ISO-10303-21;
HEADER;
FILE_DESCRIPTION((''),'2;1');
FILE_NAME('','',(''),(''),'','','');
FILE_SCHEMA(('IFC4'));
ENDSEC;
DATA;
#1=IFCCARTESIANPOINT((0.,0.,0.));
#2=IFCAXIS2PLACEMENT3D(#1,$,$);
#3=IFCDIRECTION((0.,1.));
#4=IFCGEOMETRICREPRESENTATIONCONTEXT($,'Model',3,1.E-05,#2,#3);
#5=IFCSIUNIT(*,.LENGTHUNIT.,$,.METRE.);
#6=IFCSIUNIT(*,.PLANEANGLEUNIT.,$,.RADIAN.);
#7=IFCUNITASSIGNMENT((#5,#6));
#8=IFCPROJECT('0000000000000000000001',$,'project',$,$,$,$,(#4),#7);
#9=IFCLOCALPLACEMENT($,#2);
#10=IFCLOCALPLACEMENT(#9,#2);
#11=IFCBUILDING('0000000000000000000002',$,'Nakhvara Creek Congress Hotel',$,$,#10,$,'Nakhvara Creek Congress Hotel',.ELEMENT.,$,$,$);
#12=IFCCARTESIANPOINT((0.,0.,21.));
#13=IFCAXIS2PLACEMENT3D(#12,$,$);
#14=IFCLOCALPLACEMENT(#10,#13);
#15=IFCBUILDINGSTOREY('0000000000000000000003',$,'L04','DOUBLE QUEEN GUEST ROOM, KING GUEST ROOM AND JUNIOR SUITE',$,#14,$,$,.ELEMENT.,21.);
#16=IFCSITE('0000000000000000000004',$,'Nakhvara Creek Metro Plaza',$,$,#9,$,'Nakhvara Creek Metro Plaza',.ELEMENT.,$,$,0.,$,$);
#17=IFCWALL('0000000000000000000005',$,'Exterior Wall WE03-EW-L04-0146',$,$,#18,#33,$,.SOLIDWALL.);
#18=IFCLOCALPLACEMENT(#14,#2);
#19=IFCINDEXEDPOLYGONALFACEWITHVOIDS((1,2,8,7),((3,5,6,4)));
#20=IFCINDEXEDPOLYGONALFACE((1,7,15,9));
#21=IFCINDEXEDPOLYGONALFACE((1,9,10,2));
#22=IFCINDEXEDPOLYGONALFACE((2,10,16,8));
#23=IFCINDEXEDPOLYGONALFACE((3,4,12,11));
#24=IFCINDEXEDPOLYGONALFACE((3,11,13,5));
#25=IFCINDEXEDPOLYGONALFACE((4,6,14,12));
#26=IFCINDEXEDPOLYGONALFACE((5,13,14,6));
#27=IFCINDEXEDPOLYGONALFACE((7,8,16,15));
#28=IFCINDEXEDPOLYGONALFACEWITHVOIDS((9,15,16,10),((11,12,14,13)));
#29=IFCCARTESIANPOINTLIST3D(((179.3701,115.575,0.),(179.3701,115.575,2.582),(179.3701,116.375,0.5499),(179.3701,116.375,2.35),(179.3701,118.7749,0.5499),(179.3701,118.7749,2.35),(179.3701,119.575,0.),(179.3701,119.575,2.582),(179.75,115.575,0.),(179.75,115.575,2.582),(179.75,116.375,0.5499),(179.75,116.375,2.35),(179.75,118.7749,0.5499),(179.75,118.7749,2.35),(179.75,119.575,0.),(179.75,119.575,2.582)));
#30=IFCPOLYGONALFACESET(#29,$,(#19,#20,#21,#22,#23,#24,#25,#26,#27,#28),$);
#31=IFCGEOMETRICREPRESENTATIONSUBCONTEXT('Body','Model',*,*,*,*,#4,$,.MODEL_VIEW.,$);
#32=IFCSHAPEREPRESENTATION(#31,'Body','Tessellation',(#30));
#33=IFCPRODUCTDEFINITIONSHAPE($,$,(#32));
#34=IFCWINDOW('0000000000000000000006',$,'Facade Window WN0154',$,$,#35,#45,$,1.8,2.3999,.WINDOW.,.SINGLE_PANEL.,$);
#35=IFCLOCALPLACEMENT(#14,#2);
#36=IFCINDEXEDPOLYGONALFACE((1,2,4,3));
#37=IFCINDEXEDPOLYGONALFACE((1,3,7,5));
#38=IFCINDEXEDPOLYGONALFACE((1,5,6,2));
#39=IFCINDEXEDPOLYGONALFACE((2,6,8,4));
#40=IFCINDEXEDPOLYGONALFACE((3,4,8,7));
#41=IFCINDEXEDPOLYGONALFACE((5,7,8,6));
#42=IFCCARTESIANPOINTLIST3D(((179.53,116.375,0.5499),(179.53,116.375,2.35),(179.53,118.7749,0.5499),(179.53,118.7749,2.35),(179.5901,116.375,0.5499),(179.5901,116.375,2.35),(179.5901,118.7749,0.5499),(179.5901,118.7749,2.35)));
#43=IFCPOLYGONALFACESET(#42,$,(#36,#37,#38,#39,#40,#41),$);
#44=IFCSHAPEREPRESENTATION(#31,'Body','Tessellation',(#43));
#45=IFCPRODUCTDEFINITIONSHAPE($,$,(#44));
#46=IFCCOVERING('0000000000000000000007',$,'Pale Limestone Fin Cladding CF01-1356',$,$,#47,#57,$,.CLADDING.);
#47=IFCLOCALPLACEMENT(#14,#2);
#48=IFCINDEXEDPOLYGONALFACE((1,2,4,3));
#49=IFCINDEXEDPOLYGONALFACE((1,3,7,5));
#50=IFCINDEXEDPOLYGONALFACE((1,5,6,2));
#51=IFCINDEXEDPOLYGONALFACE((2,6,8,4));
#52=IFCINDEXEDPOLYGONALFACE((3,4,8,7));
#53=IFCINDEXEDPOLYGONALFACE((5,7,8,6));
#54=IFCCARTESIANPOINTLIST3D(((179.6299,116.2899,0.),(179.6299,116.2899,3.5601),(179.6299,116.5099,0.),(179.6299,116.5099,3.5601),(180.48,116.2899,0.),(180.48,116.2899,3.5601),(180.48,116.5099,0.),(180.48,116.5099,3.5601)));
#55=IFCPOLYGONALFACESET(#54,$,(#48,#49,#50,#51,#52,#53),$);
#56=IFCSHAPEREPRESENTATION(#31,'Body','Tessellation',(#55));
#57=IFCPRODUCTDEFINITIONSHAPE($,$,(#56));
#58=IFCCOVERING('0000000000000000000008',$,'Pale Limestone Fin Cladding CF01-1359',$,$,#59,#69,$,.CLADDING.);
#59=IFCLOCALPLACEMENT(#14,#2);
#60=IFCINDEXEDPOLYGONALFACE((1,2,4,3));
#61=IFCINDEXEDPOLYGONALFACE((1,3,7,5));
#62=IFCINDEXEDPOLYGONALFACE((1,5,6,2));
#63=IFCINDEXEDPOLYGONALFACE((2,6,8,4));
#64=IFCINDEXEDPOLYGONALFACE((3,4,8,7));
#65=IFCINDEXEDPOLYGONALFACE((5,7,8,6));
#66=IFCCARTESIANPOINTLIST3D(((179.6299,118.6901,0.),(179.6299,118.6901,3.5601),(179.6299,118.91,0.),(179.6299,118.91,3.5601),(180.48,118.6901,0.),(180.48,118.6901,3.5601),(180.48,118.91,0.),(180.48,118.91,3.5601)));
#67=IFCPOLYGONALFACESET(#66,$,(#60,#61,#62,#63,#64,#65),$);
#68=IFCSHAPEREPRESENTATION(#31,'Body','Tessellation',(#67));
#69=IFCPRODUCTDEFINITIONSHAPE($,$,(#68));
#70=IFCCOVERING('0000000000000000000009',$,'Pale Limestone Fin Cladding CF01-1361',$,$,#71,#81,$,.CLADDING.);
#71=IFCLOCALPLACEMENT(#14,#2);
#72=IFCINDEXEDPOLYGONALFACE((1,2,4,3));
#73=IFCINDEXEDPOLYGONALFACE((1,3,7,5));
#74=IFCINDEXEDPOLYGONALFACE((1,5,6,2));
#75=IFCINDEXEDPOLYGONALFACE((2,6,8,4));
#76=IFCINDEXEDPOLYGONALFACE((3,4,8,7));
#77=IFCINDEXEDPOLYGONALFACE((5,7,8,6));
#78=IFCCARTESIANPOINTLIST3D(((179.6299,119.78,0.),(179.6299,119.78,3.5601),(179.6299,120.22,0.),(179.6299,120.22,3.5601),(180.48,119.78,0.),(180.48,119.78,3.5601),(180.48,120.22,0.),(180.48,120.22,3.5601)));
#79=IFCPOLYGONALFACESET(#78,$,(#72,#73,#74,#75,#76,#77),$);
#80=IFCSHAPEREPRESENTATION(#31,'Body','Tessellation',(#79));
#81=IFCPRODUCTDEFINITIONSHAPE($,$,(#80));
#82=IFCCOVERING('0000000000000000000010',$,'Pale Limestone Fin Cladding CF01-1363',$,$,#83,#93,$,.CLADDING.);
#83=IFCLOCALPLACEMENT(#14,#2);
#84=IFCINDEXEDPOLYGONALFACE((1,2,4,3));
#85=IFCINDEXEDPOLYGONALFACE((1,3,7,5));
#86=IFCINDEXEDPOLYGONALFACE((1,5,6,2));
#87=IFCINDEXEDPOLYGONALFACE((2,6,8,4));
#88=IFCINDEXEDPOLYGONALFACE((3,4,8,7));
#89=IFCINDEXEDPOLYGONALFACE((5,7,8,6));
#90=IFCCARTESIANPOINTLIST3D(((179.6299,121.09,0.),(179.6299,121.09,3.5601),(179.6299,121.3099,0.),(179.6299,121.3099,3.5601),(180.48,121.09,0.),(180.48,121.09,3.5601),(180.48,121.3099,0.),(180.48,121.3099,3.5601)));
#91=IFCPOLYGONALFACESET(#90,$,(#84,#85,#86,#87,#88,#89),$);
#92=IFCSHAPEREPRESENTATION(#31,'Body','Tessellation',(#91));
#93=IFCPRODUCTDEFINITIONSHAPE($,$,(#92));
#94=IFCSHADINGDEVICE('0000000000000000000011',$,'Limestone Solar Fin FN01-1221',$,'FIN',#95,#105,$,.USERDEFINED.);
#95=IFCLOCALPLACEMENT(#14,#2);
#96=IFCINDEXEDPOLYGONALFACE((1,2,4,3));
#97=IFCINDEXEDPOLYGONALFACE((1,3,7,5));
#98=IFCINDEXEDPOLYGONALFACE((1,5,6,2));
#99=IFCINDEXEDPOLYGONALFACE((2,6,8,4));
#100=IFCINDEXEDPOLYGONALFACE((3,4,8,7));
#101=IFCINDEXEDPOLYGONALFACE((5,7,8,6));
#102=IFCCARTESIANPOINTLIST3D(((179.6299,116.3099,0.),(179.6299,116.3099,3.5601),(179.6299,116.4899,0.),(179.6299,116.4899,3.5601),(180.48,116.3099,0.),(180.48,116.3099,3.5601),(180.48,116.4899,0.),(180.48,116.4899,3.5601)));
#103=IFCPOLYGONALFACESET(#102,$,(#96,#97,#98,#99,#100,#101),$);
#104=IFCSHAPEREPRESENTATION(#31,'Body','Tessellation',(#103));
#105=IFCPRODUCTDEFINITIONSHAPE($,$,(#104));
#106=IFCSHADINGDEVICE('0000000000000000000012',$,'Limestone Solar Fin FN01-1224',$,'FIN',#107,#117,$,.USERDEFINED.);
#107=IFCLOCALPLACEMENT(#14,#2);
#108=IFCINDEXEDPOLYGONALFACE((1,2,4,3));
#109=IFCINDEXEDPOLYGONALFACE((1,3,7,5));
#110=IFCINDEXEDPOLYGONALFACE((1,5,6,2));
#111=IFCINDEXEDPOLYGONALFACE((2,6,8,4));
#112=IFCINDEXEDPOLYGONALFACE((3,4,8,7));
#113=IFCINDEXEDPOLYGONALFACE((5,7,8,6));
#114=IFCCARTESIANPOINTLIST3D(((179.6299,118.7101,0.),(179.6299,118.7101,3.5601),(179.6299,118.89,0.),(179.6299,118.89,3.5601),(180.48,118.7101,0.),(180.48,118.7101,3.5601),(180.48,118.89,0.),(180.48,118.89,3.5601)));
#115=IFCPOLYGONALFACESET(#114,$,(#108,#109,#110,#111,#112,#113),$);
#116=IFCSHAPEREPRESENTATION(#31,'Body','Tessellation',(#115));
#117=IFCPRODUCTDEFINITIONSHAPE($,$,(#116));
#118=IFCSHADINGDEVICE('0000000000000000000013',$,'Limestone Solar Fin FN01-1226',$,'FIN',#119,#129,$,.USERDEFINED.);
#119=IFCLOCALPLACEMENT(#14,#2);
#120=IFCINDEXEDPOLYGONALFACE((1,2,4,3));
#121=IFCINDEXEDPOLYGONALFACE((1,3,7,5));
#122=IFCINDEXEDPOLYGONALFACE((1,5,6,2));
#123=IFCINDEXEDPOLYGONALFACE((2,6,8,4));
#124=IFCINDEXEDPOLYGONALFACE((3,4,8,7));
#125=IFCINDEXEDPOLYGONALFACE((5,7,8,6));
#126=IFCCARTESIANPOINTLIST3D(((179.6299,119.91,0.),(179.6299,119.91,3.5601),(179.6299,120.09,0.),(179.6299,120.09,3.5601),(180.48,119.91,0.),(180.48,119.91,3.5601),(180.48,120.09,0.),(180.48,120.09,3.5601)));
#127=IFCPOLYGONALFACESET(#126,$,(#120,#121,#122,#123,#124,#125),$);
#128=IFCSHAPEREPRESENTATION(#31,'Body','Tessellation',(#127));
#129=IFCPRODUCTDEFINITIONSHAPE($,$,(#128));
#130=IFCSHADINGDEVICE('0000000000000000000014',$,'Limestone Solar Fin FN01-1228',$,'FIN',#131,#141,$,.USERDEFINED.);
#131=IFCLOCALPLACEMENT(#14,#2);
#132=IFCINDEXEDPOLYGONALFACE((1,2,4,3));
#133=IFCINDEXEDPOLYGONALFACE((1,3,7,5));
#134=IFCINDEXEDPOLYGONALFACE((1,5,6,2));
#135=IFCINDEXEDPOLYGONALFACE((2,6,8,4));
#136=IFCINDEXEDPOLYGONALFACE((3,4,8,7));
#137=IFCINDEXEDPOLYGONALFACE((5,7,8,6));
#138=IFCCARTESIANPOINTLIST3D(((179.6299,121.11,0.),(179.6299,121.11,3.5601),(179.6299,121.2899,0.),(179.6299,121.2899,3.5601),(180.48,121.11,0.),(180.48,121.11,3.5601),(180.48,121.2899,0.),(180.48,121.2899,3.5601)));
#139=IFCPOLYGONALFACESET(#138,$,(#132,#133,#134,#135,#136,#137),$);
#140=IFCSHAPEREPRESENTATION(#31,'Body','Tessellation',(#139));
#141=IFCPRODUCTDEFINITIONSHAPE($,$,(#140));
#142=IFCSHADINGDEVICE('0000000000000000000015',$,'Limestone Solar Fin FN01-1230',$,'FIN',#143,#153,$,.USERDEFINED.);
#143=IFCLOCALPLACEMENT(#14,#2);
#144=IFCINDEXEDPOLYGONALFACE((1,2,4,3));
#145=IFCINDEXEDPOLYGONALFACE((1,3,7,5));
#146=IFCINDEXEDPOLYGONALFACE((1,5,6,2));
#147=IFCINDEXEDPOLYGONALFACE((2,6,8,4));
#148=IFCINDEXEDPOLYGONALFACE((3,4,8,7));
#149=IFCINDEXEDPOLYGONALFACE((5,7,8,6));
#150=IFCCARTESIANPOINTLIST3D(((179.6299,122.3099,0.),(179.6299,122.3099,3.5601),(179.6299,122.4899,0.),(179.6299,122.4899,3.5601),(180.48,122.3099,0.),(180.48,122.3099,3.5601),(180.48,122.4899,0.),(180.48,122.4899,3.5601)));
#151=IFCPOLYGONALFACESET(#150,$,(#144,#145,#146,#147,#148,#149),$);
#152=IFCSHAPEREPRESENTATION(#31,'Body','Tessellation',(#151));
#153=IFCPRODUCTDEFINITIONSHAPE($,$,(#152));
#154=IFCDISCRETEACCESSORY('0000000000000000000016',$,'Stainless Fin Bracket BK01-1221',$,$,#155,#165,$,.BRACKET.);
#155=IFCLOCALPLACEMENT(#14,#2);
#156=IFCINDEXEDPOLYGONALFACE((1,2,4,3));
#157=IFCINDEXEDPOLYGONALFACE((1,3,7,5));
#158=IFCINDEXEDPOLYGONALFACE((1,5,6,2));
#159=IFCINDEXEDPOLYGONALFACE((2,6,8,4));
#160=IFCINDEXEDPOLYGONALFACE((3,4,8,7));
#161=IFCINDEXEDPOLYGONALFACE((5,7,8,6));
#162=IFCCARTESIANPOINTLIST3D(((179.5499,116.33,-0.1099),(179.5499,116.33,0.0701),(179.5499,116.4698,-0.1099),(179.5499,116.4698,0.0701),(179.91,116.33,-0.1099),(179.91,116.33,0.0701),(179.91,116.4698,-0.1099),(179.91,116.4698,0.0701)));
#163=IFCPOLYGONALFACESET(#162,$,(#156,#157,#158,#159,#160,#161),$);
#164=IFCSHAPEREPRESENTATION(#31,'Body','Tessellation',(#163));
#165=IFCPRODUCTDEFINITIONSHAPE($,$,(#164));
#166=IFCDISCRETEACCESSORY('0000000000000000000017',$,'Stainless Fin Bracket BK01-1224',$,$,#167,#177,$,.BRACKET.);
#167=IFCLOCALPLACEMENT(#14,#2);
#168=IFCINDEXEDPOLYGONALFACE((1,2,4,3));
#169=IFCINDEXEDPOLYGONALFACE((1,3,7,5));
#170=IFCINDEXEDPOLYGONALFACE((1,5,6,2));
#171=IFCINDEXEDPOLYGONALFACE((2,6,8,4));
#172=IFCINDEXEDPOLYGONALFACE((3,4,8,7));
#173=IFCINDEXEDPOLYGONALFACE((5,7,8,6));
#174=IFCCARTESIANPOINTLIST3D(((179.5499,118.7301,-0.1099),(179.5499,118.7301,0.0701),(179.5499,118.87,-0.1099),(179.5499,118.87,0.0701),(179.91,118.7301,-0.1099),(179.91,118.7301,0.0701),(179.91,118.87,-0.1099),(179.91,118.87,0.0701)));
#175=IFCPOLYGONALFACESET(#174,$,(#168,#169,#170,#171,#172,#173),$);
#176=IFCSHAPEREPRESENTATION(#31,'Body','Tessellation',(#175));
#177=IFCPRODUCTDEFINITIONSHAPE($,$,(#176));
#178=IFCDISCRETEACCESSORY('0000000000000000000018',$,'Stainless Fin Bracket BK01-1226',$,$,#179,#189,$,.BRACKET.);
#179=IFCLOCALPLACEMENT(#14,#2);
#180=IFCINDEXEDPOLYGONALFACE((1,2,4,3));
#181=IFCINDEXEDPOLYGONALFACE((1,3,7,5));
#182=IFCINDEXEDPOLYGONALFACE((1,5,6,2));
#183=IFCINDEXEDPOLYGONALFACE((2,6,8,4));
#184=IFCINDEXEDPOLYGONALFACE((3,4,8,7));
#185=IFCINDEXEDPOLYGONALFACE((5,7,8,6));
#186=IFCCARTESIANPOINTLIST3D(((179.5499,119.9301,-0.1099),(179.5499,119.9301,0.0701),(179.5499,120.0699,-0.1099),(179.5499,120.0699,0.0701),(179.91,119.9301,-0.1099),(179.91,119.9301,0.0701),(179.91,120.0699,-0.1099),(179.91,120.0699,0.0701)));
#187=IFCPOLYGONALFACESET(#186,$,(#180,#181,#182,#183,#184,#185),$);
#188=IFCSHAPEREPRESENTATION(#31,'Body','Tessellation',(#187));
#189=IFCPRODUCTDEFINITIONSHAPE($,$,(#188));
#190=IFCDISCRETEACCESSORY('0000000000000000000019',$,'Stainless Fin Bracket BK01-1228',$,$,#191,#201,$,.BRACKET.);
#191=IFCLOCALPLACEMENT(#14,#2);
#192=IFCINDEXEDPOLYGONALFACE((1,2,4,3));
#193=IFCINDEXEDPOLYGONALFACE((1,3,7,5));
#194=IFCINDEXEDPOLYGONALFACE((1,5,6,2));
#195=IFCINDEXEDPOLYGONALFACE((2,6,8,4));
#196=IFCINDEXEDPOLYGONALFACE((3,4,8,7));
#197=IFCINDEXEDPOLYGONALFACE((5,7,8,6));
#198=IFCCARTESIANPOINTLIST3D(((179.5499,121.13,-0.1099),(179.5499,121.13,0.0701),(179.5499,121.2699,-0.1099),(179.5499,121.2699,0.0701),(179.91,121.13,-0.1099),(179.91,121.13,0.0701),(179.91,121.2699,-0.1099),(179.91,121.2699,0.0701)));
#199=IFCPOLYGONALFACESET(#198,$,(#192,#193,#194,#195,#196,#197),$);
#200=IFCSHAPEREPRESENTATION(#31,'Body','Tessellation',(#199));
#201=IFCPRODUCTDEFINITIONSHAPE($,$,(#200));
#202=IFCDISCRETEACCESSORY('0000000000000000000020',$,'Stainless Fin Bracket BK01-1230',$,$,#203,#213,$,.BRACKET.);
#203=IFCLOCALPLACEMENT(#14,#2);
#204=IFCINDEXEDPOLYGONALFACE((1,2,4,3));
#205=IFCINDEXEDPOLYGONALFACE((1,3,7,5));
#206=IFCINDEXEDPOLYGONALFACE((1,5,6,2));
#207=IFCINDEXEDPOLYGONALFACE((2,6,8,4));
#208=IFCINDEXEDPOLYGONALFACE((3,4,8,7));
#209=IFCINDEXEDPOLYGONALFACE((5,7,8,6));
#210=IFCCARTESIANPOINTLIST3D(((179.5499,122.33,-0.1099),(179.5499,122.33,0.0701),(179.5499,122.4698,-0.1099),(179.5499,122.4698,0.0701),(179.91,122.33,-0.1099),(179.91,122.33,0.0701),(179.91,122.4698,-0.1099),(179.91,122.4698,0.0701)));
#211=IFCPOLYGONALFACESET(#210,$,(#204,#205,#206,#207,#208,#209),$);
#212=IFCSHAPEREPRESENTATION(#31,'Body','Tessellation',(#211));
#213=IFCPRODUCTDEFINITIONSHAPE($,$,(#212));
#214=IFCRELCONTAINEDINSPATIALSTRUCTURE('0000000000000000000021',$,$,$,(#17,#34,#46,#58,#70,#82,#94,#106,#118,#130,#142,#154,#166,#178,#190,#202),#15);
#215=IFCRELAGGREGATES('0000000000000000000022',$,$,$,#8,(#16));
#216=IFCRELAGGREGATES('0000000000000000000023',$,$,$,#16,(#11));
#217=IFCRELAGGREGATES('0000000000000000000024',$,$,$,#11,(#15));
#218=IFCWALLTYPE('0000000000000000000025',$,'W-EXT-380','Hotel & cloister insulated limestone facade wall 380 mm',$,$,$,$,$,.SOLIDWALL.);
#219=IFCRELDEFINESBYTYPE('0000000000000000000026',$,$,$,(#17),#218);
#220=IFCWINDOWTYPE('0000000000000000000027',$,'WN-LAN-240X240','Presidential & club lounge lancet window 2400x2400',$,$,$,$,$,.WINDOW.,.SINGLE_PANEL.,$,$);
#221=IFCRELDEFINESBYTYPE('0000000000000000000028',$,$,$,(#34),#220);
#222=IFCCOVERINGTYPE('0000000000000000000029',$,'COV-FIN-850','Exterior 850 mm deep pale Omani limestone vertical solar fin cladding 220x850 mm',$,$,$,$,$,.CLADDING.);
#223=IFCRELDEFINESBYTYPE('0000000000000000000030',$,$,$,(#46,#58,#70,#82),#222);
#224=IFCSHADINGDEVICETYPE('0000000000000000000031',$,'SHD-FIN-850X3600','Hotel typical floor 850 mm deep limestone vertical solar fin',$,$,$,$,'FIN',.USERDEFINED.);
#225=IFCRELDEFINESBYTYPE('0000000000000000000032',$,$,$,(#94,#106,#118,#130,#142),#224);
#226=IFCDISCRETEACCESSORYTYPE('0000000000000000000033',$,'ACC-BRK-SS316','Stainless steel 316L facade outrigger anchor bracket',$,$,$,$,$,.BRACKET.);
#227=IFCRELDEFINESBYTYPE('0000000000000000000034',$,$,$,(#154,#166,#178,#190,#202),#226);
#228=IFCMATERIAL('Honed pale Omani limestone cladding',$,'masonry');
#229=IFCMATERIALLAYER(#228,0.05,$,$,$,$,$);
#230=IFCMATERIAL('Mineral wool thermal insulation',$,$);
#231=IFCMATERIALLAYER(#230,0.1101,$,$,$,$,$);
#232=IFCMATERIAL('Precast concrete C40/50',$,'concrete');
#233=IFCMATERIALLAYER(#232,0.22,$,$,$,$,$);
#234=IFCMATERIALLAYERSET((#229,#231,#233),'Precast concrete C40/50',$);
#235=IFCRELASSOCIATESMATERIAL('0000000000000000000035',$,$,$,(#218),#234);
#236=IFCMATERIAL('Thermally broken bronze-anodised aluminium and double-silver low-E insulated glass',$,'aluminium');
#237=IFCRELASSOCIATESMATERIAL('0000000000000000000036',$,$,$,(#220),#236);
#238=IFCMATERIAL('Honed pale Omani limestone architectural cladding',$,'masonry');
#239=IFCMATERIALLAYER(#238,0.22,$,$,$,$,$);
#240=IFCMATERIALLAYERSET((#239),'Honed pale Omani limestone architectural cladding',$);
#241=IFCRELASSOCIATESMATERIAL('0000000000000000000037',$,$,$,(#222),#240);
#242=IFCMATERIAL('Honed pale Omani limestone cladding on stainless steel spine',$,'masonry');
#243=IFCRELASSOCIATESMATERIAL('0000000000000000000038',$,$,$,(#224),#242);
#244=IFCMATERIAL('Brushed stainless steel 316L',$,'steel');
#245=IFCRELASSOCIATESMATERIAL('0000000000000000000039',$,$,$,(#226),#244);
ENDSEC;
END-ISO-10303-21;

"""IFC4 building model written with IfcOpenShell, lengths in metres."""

from ifc_helpers import new_model, si_unit, direction, frame, frame_2d, origin, origin_2d, place, context, subcontext, project, spatial, rectangle, extrude, material, layer, layer_set, type_object, element, fill, save


model = new_model("IFC4")

# Units and contexts
model_context = context("Model", 3, precision=1e-05, world=origin(), true_north=direction((0.0, 1.0)))
body_context = subcontext(model_context, "Body", "Model", "MODEL_VIEW")
ifc_project = project(units=[si_unit("LENGTHUNIT", "METRE"), si_unit("PLANEANGLEUNIT", "RADIAN")], contexts=[model_context])

# Site, building, storey
site_placement = place(None, origin())
site = spatial("IfcSite", under=ifc_project, at=site_placement, Name="Nakhvara Creek Metro Plaza", LongName="Nakhvara Creek Metro Plaza", CompositionType="ELEMENT", RefElevation=0.0)
building_placement = place(site_placement, origin())
building = spatial("IfcBuilding", under=site, at=building_placement, Name="Nakhvara Creek Congress Hotel", LongName="Nakhvara Creek Congress Hotel", CompositionType="ELEMENT")
storey_placement = place(building_placement, frame((0.0, 0.0, 21.0)))
storey = spatial("IfcBuildingStorey", under=building, at=storey_placement, Name="L04", Description="DOUBLE QUEEN GUEST ROOM, KING GUEST ROOM AND JUNIOR SUITE", CompositionType="ELEMENT", Elevation=21.0)

# Wall, opening, window
ifc_material_1 = material(Name="Honed pale Omani limestone cladding", Category="masonry")
ifc_layer_1 = layer(ifc_material_1, 0.05)
ifc_material_2 = material(Name="Mineral wool thermal insulation")
ifc_layer_2 = layer(ifc_material_2, 0.1101)
ifc_material_3 = material(Name="Precast concrete C40/50", Category="concrete")
ifc_layer_3 = layer(ifc_material_3, 0.22)
ifc_layer_set_1 = layer_set([ifc_layer_1, ifc_layer_2, ifc_layer_3], Name="Precast concrete C40/50")
wall_type = type_object("IfcWallType", Name="W-EXT-380", Description="Hotel & cloister insulated limestone facade wall 380 mm", PredefinedType="SOLIDWALL", material=ifc_layer_set_1)
wall_placement = place(storey_placement, frame((179.5601, 119.575, 0.0), z_axis=(0.0, 0.0, 1.0), x_axis=(0.0, -1.0, 0.0)))
wall = element("IfcWall", 1, at=wall_placement, inside=storey, type_object=wall_type, Name="Exterior Wall WE03-EW-L04-0146", PredefinedType="SOLIDWALL", context=body_context, shape_type="SweptSolid", body=[
    extrude(rectangle(XDim=4.0, YDim=0.3799, at=frame_2d((2.0, 0.0))), origin(), (0.0, 0.0, 1.0), 2.582),
])
opening_placement = place(wall_placement, frame((0.8, 0.0, 0.55)))
opening = element("IfcOpeningElement", 2, at=opening_placement, cuts=wall, PredefinedType="OPENING", context=body_context, shape_type="SweptSolid", body=[
    extrude(rectangle(XDim=2.3999, YDim=1.8, at=frame_2d((1.2, 0.8999))), frame((0.0, 0.2019, 0.0), z_axis=(0.0, -1.0, 0.0), x_axis=(1.0, 0.0, 0.0)), (0.0, 0.0, 1.0), 0.4038),
])
ifc_material_4 = material(Name="Thermally broken bronze-anodised aluminium and double-silver low-E insulated glass", Category="aluminium")
window_type = type_object("IfcWindowType", Name="WN-LAN-240X240", Description="Presidential & club lounge lancet window 2400x2400", PartitioningType="SINGLE_PANEL", PredefinedType="WINDOW", material=ifc_material_4)
window_placement = place(opening_placement, origin())
window = element("IfcWindow", 3, at=window_placement, inside=storey, type_object=window_type, Name="Facade Window WN0154", OverallHeight=1.8, OverallWidth=2.3999, PartitioningType="SINGLE_PANEL", PredefinedType="WINDOW", context=body_context, shape_type="SweptSolid", body=[
    extrude(rectangle(XDim=2.3999, YDim=1.8, at=frame_2d((1.2, 0.8999))), frame((0.0, 0.03, 0.0), z_axis=(0.0, -1.0, 0.0), x_axis=(1.0, 0.0, 0.0)), (0.0, 0.0, 1.0), 0.0601),
])
fill(opening, window)

# Coverings
ifc_material_5 = material(Name="Honed pale Omani limestone architectural cladding", Category="masonry")
ifc_layer_4 = layer(ifc_material_5, 0.22)
ifc_layer_set_2 = layer_set([ifc_layer_4], Name="Honed pale Omani limestone architectural cladding")
covering_type = type_object("IfcCoveringType", Name="COV-FIN-850", Description="Exterior 850 mm deep pale Omani limestone vertical solar fin cladding 220x850 mm", PredefinedType="CLADDING", material=ifc_layer_set_2)
for number, where, z_axis, x_axis, name in (
    (4, (180.0549, 116.3999, 0.0), (0.0, 0.0, 1.0), (0.0, 1.0, 0.0), "Pale Limestone Fin Cladding CF01-1356"),
    (5, (180.0549, 118.8, 0.0), (0.0, 0.0, 1.0), (0.0, 1.0, 0.0), "Pale Limestone Fin Cladding CF01-1359"),
):
    element("IfcCovering", number, at=place(storey_placement, frame(where, z_axis=z_axis, x_axis=x_axis)), inside=storey, type_object=covering_type, Name=name, PredefinedType="CLADDING", context=body_context, shape_type="SweptSolid", body=[
        extrude(rectangle(XDim=0.22, YDim=0.8501, at=origin_2d()), origin(), (0.0, 0.0, 1.0), 3.5601),
    ])
covering_1_placement = place(storey_placement, frame((180.0549, 120.0, 0.0), z_axis=(0.0, 0.0, 1.0), x_axis=(0.0, 1.0, 0.0)))
element("IfcCovering", 6, at=covering_1_placement, inside=storey, type_object=covering_type, Name="Pale Limestone Fin Cladding CF01-1361", PredefinedType="CLADDING", context=body_context, shape_type="SweptSolid", body=[
    extrude(rectangle(XDim=0.4399, YDim=0.8501, at=origin_2d()), origin(), (0.0, 0.0, 1.0), 3.5601),
])
covering_2_placement = place(storey_placement, frame((180.0549, 121.2, 0.0), z_axis=(0.0, 0.0, 1.0), x_axis=(0.0, 1.0, 0.0)))
element("IfcCovering", 7, at=covering_2_placement, inside=storey, type_object=covering_type, Name="Pale Limestone Fin Cladding CF01-1363", PredefinedType="CLADDING", context=body_context, shape_type="SweptSolid", body=[
    extrude(rectangle(XDim=0.22, YDim=0.8501, at=origin_2d()), origin(), (0.0, 0.0, 1.0), 3.5601),
])

# Shading devices
ifc_material_6 = material(Name="Honed pale Omani limestone cladding on stainless steel spine", Category="masonry")
shading_device_type = type_object("IfcShadingDeviceType", Name="SHD-FIN-850X3600", Description="Hotel typical floor 850 mm deep limestone vertical solar fin", ElementType="FIN", PredefinedType="USERDEFINED", material=ifc_material_6)
for number, where, z_axis, x_axis, name in (
    (8, (180.0549, 116.3999, 0.0), (0.0, 0.0, 1.0), (0.0, 1.0, 0.0), "Limestone Solar Fin FN01-1221"),
    (9, (180.0549, 118.8, 0.0), (0.0, 0.0, 1.0), (0.0, 1.0, 0.0), "Limestone Solar Fin FN01-1224"),
    (10, (180.0549, 120.0, 0.0), (0.0, 0.0, 1.0), (0.0, 1.0, 0.0), "Limestone Solar Fin FN01-1226"),
    (11, (180.0549, 121.2, 0.0), (0.0, 0.0, 1.0), (0.0, 1.0, 0.0), "Limestone Solar Fin FN01-1228"),
    (12, (180.0549, 122.3999, 0.0), (0.0, 0.0, 1.0), (0.0, 1.0, 0.0), "Limestone Solar Fin FN01-1230"),
):
    element("IfcShadingDevice", number, at=place(storey_placement, frame(where, z_axis=z_axis, x_axis=x_axis)), inside=storey, type_object=shading_device_type, Name=name, ObjectType="FIN", PredefinedType="USERDEFINED", context=body_context, shape_type="SweptSolid", body=[
        extrude(rectangle(XDim=0.1799, YDim=0.8501, at=origin_2d()), origin(), (0.0, 0.0, 1.0), 3.5601),
    ])

# Discrete accessories
ifc_material_7 = material(Name="Brushed stainless steel 316L", Category="steel")
discrete_accessory_type = type_object("IfcDiscreteAccessoryType", Name="ACC-BRK-SS316", Description="Stainless steel 316L facade outrigger anchor bracket", PredefinedType="BRACKET", material=ifc_material_7)
for number, where, z_axis, x_axis, name in (
    (13, (179.73, 116.3999, -0.1099), (0.0, 0.0, 1.0), (0.0, 1.0, 0.0), "Stainless Fin Bracket BK01-1221"),
    (14, (179.73, 118.8, -0.1099), (0.0, 0.0, 1.0), (0.0, 1.0, 0.0), "Stainless Fin Bracket BK01-1224"),
    (15, (179.73, 120.0, -0.1099), (0.0, 0.0, 1.0), (0.0, 1.0, 0.0), "Stainless Fin Bracket BK01-1226"),
    (16, (179.73, 121.2, -0.1099), (0.0, 0.0, 1.0), (0.0, 1.0, 0.0), "Stainless Fin Bracket BK01-1228"),
    (17, (179.73, 122.3999, -0.1099), (0.0, 0.0, 1.0), (0.0, 1.0, 0.0), "Stainless Fin Bracket BK01-1230"),
):
    element("IfcDiscreteAccessory", number, at=place(storey_placement, frame(where, z_axis=z_axis, x_axis=x_axis)), inside=storey, type_object=discrete_accessory_type, Name=name, PredefinedType="BRACKET", context=body_context, shape_type="SweptSolid", body=[
        extrude(rectangle(XDim=0.1399, YDim=0.3601, at=origin_2d()), origin(), (0.0, 0.0, 1.0), 0.1799),
    ])

save(model, "model.ifc")
